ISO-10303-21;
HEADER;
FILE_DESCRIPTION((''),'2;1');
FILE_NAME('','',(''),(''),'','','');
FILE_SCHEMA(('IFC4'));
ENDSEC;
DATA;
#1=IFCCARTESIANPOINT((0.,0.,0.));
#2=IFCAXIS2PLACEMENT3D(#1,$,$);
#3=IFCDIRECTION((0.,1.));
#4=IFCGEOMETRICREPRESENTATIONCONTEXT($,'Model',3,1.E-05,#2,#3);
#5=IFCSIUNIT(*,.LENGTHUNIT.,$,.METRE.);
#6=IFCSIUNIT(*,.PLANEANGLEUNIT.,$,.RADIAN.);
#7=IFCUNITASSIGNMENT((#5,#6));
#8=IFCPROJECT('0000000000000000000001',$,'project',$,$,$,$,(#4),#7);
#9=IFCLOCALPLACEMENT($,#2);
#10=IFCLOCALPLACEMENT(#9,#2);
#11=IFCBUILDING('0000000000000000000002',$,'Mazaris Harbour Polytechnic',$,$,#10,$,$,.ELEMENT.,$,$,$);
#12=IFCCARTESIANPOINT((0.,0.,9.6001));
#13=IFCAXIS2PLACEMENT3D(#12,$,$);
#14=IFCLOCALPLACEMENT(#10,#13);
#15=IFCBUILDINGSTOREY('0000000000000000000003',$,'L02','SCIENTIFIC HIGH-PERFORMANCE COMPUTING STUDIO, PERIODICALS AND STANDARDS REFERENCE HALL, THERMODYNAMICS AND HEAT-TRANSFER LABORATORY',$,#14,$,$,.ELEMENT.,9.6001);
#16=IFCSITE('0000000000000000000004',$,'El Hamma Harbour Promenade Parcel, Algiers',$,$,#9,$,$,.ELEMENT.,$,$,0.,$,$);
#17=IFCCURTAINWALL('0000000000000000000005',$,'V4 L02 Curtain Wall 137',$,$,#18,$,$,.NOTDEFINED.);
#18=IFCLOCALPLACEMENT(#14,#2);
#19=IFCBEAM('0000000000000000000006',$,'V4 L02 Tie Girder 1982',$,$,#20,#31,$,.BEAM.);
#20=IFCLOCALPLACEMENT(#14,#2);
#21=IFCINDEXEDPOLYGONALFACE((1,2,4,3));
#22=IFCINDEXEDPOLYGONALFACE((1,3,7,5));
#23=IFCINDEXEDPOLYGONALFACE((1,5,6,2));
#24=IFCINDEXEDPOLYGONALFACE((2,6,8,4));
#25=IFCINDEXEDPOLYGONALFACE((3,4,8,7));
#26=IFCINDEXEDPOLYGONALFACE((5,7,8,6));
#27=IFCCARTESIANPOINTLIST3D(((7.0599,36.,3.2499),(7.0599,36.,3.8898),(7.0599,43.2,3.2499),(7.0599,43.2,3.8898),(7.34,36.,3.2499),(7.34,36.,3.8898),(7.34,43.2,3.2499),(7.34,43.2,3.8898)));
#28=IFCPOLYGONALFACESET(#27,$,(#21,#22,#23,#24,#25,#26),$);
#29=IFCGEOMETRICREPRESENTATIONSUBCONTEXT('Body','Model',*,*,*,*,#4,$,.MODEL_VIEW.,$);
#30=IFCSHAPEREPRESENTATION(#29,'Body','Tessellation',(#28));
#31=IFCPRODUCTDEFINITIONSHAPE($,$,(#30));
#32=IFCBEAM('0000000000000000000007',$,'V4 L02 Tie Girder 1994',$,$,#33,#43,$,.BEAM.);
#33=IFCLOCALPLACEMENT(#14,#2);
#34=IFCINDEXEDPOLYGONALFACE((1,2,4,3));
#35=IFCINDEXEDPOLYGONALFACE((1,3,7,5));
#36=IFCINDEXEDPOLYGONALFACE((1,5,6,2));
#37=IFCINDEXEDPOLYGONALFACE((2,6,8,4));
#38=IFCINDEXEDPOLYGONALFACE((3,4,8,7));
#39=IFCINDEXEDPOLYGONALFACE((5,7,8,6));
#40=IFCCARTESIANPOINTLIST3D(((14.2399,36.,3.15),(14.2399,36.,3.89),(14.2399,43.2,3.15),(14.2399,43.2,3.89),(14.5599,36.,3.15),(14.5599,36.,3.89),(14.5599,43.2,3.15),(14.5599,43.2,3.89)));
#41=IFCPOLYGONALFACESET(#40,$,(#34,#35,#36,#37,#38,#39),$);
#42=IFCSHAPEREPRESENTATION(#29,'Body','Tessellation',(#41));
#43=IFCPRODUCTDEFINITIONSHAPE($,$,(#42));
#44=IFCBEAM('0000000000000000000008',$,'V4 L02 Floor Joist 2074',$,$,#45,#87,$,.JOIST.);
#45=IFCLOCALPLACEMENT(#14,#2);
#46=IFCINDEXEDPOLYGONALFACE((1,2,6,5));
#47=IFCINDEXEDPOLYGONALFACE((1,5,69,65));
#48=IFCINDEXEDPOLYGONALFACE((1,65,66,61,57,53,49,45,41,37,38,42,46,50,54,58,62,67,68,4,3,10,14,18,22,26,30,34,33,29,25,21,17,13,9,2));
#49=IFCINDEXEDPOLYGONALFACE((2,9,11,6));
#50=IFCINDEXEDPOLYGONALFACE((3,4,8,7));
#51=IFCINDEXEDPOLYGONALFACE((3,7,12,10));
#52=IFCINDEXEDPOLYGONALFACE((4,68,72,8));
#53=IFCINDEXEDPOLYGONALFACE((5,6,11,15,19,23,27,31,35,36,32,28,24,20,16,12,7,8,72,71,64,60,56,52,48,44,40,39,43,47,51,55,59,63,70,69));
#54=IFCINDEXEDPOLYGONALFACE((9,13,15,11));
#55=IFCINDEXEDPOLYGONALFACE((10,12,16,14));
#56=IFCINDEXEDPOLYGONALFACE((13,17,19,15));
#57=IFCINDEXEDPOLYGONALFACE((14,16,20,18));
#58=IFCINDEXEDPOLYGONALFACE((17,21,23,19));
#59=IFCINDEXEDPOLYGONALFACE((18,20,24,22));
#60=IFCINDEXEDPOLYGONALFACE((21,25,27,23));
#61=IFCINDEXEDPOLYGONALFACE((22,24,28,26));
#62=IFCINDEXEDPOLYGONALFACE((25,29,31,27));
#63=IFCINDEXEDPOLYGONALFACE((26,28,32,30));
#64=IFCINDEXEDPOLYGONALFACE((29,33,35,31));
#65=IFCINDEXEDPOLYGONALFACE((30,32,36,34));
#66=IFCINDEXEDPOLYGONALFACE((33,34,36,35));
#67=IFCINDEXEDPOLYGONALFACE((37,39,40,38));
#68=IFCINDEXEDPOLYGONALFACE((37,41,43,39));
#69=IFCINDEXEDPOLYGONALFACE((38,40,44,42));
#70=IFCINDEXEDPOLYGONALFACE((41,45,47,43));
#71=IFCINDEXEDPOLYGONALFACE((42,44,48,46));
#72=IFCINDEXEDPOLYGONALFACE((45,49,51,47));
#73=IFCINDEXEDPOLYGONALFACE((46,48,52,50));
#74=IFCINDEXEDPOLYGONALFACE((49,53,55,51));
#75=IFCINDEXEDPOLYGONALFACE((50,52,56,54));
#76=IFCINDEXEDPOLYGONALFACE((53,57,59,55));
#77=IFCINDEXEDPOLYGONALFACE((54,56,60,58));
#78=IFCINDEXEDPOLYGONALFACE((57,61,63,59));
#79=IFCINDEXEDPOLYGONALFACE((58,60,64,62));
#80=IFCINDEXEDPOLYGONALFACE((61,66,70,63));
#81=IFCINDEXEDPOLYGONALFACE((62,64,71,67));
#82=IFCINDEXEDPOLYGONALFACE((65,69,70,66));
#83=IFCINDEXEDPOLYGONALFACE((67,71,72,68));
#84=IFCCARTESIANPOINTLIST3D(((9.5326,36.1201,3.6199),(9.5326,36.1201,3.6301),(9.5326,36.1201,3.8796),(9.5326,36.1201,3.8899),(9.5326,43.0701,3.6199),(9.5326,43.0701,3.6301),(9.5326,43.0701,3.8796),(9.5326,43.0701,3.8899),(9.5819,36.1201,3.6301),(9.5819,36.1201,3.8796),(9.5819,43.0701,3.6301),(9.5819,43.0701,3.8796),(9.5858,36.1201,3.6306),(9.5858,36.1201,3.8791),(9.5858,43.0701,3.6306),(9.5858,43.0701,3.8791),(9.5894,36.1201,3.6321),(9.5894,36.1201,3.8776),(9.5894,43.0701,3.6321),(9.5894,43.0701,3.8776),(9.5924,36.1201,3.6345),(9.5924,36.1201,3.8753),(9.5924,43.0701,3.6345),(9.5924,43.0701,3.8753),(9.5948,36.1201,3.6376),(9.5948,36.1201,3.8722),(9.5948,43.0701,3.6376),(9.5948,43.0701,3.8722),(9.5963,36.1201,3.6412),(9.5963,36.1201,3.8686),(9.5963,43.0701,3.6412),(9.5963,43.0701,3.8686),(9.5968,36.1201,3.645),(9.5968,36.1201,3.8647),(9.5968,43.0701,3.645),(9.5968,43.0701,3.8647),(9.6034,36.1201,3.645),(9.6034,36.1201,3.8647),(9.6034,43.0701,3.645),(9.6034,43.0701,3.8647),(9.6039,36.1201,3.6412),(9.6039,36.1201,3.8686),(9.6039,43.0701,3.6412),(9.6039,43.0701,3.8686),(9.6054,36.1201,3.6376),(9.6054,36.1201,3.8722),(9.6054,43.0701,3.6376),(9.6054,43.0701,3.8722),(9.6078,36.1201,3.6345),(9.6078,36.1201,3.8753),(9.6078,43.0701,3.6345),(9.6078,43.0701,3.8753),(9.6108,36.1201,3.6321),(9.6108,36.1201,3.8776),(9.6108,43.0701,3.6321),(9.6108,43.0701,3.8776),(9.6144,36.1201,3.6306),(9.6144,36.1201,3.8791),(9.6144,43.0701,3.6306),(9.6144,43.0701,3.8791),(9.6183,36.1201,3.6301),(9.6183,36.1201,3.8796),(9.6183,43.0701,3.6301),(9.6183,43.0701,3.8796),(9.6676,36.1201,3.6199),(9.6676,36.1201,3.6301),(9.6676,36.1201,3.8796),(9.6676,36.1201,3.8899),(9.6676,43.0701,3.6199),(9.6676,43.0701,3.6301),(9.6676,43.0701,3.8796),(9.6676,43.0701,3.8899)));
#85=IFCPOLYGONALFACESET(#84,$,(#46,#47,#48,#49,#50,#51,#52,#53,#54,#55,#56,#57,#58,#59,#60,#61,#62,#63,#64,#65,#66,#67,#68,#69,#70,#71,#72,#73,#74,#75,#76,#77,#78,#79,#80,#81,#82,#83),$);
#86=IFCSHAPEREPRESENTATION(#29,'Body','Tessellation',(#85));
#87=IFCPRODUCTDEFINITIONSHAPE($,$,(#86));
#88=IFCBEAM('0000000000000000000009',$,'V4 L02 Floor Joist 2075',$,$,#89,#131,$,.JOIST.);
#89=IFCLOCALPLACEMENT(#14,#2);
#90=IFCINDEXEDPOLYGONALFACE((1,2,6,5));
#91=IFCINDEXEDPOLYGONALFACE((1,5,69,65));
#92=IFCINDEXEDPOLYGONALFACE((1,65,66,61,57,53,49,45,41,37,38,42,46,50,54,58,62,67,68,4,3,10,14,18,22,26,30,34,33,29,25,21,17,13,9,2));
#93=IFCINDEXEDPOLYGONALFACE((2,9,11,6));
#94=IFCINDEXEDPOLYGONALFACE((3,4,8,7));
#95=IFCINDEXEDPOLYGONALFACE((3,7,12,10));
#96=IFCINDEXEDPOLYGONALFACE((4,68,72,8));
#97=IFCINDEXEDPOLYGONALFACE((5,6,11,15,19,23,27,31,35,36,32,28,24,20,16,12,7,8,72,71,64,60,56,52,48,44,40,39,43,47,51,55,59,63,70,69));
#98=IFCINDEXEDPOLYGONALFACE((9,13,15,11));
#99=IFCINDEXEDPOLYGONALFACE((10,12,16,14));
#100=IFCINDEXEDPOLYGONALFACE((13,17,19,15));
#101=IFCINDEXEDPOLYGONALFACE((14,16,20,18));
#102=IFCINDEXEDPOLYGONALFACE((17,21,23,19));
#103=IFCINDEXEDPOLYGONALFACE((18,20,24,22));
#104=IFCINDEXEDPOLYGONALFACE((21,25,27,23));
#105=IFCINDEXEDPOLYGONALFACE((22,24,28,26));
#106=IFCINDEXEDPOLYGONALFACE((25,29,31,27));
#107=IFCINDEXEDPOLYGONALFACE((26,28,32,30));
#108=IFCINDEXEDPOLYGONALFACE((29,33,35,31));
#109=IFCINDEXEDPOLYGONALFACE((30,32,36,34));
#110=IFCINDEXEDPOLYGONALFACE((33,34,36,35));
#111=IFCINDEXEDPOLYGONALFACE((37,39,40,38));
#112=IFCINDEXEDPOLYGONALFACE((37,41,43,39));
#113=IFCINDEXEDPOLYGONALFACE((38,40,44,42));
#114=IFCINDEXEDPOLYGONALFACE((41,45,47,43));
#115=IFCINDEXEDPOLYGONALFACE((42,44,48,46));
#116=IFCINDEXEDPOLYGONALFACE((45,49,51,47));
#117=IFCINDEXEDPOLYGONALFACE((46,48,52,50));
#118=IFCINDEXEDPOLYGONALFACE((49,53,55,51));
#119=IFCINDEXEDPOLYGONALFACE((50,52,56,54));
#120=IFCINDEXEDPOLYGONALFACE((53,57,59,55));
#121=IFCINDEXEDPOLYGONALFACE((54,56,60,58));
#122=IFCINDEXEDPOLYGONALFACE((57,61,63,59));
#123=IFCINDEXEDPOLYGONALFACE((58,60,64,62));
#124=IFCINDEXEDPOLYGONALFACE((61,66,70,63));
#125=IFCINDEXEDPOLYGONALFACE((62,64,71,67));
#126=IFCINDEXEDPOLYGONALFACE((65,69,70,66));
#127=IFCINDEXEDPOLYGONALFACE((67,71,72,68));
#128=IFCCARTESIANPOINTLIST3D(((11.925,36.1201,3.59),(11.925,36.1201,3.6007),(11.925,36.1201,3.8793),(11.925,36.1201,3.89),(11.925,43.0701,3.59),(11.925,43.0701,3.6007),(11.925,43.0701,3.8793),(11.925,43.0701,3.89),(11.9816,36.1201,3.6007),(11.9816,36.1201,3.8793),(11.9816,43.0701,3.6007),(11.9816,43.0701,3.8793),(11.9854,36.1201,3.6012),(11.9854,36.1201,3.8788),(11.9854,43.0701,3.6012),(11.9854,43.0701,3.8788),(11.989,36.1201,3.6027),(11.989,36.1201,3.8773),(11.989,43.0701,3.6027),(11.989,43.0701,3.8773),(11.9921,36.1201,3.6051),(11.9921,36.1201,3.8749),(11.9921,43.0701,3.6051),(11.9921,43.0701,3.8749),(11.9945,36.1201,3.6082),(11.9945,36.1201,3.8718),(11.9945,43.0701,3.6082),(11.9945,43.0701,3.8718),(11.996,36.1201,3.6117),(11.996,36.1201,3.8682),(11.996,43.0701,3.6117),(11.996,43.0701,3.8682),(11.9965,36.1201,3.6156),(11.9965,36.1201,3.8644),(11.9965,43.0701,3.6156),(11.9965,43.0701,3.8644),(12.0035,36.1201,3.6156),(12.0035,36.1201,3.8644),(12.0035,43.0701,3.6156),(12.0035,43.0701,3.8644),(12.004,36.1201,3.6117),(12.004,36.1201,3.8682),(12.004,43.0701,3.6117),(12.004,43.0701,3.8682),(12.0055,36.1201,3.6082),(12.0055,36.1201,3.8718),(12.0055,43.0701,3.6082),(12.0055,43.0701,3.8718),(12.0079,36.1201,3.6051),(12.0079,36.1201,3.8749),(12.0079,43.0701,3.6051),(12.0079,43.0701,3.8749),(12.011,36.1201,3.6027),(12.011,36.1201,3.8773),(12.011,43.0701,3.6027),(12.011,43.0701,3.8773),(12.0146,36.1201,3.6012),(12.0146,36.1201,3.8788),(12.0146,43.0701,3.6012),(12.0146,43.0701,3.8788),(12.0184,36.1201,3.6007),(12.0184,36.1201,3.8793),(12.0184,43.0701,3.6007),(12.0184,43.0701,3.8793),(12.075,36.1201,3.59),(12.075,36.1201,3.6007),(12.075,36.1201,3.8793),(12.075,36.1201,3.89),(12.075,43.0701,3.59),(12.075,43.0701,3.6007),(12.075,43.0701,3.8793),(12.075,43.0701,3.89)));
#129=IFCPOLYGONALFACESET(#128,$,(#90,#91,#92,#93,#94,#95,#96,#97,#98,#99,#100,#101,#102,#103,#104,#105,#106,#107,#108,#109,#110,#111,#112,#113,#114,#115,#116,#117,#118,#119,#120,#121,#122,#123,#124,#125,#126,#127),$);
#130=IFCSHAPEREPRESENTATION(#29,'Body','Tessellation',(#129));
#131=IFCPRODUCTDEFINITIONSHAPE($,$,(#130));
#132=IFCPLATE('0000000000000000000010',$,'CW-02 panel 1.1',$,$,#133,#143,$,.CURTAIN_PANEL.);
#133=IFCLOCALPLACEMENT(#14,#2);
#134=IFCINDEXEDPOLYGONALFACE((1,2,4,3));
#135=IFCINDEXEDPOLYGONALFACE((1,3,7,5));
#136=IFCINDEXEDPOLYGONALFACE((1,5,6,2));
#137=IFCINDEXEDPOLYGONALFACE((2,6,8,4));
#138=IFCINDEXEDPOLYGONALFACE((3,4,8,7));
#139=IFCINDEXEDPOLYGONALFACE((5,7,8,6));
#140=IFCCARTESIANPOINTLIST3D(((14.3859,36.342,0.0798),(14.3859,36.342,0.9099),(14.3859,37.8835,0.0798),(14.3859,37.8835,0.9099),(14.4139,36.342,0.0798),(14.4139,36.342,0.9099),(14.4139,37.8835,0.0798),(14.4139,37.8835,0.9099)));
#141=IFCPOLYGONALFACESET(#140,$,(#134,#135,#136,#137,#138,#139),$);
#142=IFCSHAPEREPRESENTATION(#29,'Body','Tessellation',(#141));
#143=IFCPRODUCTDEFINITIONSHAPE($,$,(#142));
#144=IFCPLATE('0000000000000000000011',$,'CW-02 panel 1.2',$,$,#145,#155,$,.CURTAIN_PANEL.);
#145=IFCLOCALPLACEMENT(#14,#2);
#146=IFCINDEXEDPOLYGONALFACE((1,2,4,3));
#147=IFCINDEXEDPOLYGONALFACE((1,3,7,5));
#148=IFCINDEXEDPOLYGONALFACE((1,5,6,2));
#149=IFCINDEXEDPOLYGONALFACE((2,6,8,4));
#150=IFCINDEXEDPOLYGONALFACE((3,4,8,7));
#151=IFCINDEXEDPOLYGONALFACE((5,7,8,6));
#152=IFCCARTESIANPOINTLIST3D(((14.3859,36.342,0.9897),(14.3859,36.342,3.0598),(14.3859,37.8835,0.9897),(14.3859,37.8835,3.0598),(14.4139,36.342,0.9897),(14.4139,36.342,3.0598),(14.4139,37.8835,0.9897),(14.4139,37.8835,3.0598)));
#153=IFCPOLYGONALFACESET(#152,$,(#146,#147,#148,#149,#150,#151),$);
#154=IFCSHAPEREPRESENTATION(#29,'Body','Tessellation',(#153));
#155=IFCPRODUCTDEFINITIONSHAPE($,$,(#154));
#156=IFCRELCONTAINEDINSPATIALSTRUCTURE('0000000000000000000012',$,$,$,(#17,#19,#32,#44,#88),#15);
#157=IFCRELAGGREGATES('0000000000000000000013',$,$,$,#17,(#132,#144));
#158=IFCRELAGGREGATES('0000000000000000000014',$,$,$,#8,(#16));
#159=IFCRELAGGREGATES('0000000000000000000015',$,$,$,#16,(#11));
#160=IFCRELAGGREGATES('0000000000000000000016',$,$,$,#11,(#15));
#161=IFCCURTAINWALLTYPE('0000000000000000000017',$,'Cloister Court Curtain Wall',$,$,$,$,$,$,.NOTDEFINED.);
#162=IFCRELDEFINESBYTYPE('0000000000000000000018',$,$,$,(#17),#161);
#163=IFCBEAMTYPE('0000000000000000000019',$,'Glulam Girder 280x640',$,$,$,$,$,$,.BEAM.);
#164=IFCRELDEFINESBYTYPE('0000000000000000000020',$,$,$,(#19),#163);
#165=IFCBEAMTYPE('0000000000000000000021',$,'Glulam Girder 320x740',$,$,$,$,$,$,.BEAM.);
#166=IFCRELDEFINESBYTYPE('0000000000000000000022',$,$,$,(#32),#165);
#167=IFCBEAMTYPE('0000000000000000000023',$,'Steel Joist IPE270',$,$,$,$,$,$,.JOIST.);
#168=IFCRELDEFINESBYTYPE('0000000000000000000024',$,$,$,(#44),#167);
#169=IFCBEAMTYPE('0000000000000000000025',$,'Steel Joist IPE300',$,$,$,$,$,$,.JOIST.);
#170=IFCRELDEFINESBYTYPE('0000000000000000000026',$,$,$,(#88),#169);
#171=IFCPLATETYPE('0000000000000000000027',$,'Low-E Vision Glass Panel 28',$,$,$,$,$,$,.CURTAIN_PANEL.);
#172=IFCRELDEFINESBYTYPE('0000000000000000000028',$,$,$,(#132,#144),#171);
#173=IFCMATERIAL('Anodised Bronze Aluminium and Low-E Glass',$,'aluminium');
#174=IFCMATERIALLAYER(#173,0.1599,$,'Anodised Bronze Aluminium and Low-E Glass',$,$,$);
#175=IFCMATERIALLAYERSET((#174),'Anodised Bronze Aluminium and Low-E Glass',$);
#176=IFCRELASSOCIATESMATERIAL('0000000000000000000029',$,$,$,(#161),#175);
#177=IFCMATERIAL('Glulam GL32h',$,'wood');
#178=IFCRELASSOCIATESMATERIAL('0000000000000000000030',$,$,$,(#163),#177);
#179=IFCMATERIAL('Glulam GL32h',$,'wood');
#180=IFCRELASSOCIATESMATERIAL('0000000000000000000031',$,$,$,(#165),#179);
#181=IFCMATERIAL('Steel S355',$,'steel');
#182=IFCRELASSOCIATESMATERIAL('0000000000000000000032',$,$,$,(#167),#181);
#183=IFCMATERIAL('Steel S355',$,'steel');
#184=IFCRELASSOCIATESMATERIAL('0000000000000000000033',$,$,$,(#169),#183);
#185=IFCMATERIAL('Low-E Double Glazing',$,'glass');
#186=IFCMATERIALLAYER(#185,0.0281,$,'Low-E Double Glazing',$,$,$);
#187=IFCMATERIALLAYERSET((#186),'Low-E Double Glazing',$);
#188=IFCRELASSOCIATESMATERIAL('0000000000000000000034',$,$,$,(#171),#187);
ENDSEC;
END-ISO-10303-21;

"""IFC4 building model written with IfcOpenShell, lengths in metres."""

from ifc_helpers import new_model, si_unit, direction, frame, origin, origin_2d, place, context, subcontext, project, spatial, rectangle, i_section, extrude, material, layer, layer_set, material_profile, profile_set, type_object, element, aggregate, save


model = new_model("IFC4")

# Units and contexts
model_context = context("Model", 3, precision=1e-05, world=origin(), true_north=direction((0.0, 1.0)))
body_context = subcontext(model_context, "Body", "Model", "MODEL_VIEW")
ifc_project = project(units=[si_unit("LENGTHUNIT", "METRE"), si_unit("PLANEANGLEUNIT", "RADIAN")], contexts=[model_context])

# Site, building, storey
site_placement = place(None, origin())
site = spatial("IfcSite", under=ifc_project, at=site_placement, Name="El Hamma Harbour Promenade Parcel, Algiers", CompositionType="ELEMENT", RefElevation=0.0)
building_placement = place(site_placement, origin())
building = spatial("IfcBuilding", under=site, at=building_placement, Name="Mazaris Harbour Polytechnic", CompositionType="ELEMENT")
storey_placement = place(building_placement, frame((0.0, 0.0, 9.6001)))
storey = spatial("IfcBuildingStorey", under=building, at=storey_placement, Name="L02", Description="SCIENTIFIC HIGH-PERFORMANCE COMPUTING STUDIO, PERIODICALS AND STANDARDS REFERENCE HALL, THERMODYNAMICS AND HEAT-TRANSFER LABORATORY", CompositionType="ELEMENT", Elevation=9.6001)

# Curtain wall
ifc_material_1 = material(Name="Anodised Bronze Aluminium and Low-E Glass", Category="aluminium")
ifc_layer_1 = layer(ifc_material_1, 0.1599, Name="Anodised Bronze Aluminium and Low-E Glass")
ifc_layer_set_1 = layer_set([ifc_layer_1], Name="Anodised Bronze Aluminium and Low-E Glass")
curtain_wall_type = type_object("IfcCurtainWallType", Name="Cloister Court Curtain Wall", PredefinedType="NOTDEFINED", material=ifc_layer_set_1)
curtain_wall_placement = place(storey_placement, origin())
curtain_wall = element("IfcCurtainWall", 1, at=curtain_wall_placement, inside=storey, type_object=curtain_wall_type, Name="V4 L02 Curtain Wall 137", PredefinedType="NOTDEFINED")

# Beams
ifc_material_2 = material(Name="Glulam GL32h", Category="wood")
ifc_material_profile_1 = material_profile(ifc_material_2, rectangle(XDim=0.28, YDim=0.6399, at=origin_2d()), Name="RECT280x640")
ifc_profile_set_1 = profile_set([ifc_material_profile_1], Name="Glulam GL32h")
beam_type_1 = type_object("IfcBeamType", Name="Glulam Girder 280x640", PredefinedType="BEAM", material=ifc_profile_set_1)
beam_1_placement = place(storey_placement, frame((7.2, 36.0, 3.5698), z_axis=(0.0, 1.0, 0.0), x_axis=(-1.0, 0.0, 0.0)))
element("IfcBeam", 2, at=beam_1_placement, inside=storey, type_object=beam_type_1, Name="V4 L02 Tie Girder 1982", PredefinedType="BEAM", context=body_context, shape_type="SweptSolid", body=[
    extrude(rectangle(XDim=0.28, YDim=0.6399, at=origin_2d()), origin(), (0.0, 0.0, 1.0), 7.2),
])
ifc_material_3 = material(Name="Glulam GL32h", Category="wood")
ifc_material_profile_2 = material_profile(ifc_material_3, rectangle(XDim=0.3201, YDim=0.74, at=origin_2d()), Name="RECT320x740")
ifc_profile_set_2 = profile_set([ifc_material_profile_2], Name="Glulam GL32h")
beam_type_2 = type_object("IfcBeamType", Name="Glulam Girder 320x740", PredefinedType="BEAM", material=ifc_profile_set_2)
beam_2_placement = place(storey_placement, frame((14.3999, 36.0, 3.52), z_axis=(0.0, 1.0, 0.0), x_axis=(-1.0, 0.0, 0.0)))
element("IfcBeam", 3, at=beam_2_placement, inside=storey, type_object=beam_type_2, Name="V4 L02 Tie Girder 1994", PredefinedType="BEAM", context=body_context, shape_type="SweptSolid", body=[
    extrude(rectangle(XDim=0.3201, YDim=0.74, at=origin_2d()), origin(), (0.0, 0.0, 1.0), 7.2),
])
ifc_material_4 = material(Name="Steel S355", Category="steel")
ifc_material_profile_3 = material_profile(ifc_material_4, i_section(OverallWidth=0.135, OverallDepth=0.27, WebThickness=0.0066, FlangeThickness=0.0103, FilletRadius=0.0149, at=origin_2d()), Name="IPE 270")
ifc_profile_set_3 = profile_set([ifc_material_profile_3], Name="Steel S355")
beam_type_3 = type_object("IfcBeamType", Name="Steel Joist IPE270", PredefinedType="JOIST", material=ifc_profile_set_3)
beam_3_placement = place(storey_placement, frame((9.6001, 36.1201, 3.7549), z_axis=(0.0, 1.0, 0.0), x_axis=(-1.0, 0.0, 0.0)))
element("IfcBeam", 4, at=beam_3_placement, inside=storey, type_object=beam_type_3, Name="V4 L02 Floor Joist 2074", PredefinedType="JOIST", context=body_context, shape_type="SweptSolid", body=[
    extrude(i_section(OverallWidth=0.135, OverallDepth=0.27, WebThickness=0.0066, FlangeThickness=0.0103, FilletRadius=0.0149, at=origin_2d()), origin(), (0.0, 0.0, 1.0), 6.95),
])
ifc_material_5 = material(Name="Steel S355", Category="steel")
ifc_material_profile_4 = material_profile(ifc_material_5, i_section(OverallWidth=0.1499, OverallDepth=0.3, WebThickness=0.0071, FlangeThickness=0.0107, FilletRadius=0.0149, at=origin_2d()), Name="IPE 300")
ifc_profile_set_4 = profile_set([ifc_material_profile_4], Name="Steel S355")
beam_type_4 = type_object("IfcBeamType", Name="Steel Joist IPE300", PredefinedType="JOIST", material=ifc_profile_set_4)
beam_4_placement = place(storey_placement, frame((12.0, 36.1201, 3.74), z_axis=(0.0, 1.0, 0.0), x_axis=(-1.0, 0.0, 0.0)))
element("IfcBeam", 5, at=beam_4_placement, inside=storey, type_object=beam_type_4, Name="V4 L02 Floor Joist 2075", PredefinedType="JOIST", context=body_context, shape_type="SweptSolid", body=[
    extrude(i_section(OverallWidth=0.1499, OverallDepth=0.3, WebThickness=0.0071, FlangeThickness=0.0107, FilletRadius=0.0149, at=origin_2d()), origin(), (0.0, 0.0, 1.0), 6.95),
])

# Plates
ifc_material_6 = material(Name="Low-E Double Glazing", Category="glass")
ifc_layer_2 = layer(ifc_material_6, 0.0281, Name="Low-E Double Glazing")
ifc_layer_set_2 = layer_set([ifc_layer_2], Name="Low-E Double Glazing")
plate_type = type_object("IfcPlateType", Name="Low-E Vision Glass Panel 28", PredefinedType="CURTAIN_PANEL", material=ifc_layer_set_2)
plate_1_placement = place(storey_placement, frame((14.3999, 37.1128, 0.0798), z_axis=(0.0, 0.0, 1.0), x_axis=(0.0, 1.0, 0.0)))
plate_1 = element("IfcPlate", 6, at=plate_1_placement, type_object=plate_type, Name="CW-02 panel 1.1", PredefinedType="CURTAIN_PANEL", context=body_context, shape_type="SweptSolid", body=[
    extrude(rectangle(XDim=1.5415, YDim=0.0281, at=origin_2d()), origin(), (0.0, 0.0, 1.0), 0.8301),
])
plate_2_placement = place(storey_placement, frame((14.3999, 37.1128, 0.9897), z_axis=(0.0, 0.0, 1.0), x_axis=(0.0, 1.0, 0.0)))
plate_2 = element("IfcPlate", 7, at=plate_2_placement, type_object=plate_type, Name="CW-02 panel 1.2", PredefinedType="CURTAIN_PANEL", context=body_context, shape_type="SweptSolid", body=[
    extrude(rectangle(XDim=1.5415, YDim=0.0281, at=origin_2d()), origin(), (0.0, 0.0, 1.0), 2.0701),
])
aggregate(curtain_wall, [plate_1, plate_2])

save(model, "model.ifc")
